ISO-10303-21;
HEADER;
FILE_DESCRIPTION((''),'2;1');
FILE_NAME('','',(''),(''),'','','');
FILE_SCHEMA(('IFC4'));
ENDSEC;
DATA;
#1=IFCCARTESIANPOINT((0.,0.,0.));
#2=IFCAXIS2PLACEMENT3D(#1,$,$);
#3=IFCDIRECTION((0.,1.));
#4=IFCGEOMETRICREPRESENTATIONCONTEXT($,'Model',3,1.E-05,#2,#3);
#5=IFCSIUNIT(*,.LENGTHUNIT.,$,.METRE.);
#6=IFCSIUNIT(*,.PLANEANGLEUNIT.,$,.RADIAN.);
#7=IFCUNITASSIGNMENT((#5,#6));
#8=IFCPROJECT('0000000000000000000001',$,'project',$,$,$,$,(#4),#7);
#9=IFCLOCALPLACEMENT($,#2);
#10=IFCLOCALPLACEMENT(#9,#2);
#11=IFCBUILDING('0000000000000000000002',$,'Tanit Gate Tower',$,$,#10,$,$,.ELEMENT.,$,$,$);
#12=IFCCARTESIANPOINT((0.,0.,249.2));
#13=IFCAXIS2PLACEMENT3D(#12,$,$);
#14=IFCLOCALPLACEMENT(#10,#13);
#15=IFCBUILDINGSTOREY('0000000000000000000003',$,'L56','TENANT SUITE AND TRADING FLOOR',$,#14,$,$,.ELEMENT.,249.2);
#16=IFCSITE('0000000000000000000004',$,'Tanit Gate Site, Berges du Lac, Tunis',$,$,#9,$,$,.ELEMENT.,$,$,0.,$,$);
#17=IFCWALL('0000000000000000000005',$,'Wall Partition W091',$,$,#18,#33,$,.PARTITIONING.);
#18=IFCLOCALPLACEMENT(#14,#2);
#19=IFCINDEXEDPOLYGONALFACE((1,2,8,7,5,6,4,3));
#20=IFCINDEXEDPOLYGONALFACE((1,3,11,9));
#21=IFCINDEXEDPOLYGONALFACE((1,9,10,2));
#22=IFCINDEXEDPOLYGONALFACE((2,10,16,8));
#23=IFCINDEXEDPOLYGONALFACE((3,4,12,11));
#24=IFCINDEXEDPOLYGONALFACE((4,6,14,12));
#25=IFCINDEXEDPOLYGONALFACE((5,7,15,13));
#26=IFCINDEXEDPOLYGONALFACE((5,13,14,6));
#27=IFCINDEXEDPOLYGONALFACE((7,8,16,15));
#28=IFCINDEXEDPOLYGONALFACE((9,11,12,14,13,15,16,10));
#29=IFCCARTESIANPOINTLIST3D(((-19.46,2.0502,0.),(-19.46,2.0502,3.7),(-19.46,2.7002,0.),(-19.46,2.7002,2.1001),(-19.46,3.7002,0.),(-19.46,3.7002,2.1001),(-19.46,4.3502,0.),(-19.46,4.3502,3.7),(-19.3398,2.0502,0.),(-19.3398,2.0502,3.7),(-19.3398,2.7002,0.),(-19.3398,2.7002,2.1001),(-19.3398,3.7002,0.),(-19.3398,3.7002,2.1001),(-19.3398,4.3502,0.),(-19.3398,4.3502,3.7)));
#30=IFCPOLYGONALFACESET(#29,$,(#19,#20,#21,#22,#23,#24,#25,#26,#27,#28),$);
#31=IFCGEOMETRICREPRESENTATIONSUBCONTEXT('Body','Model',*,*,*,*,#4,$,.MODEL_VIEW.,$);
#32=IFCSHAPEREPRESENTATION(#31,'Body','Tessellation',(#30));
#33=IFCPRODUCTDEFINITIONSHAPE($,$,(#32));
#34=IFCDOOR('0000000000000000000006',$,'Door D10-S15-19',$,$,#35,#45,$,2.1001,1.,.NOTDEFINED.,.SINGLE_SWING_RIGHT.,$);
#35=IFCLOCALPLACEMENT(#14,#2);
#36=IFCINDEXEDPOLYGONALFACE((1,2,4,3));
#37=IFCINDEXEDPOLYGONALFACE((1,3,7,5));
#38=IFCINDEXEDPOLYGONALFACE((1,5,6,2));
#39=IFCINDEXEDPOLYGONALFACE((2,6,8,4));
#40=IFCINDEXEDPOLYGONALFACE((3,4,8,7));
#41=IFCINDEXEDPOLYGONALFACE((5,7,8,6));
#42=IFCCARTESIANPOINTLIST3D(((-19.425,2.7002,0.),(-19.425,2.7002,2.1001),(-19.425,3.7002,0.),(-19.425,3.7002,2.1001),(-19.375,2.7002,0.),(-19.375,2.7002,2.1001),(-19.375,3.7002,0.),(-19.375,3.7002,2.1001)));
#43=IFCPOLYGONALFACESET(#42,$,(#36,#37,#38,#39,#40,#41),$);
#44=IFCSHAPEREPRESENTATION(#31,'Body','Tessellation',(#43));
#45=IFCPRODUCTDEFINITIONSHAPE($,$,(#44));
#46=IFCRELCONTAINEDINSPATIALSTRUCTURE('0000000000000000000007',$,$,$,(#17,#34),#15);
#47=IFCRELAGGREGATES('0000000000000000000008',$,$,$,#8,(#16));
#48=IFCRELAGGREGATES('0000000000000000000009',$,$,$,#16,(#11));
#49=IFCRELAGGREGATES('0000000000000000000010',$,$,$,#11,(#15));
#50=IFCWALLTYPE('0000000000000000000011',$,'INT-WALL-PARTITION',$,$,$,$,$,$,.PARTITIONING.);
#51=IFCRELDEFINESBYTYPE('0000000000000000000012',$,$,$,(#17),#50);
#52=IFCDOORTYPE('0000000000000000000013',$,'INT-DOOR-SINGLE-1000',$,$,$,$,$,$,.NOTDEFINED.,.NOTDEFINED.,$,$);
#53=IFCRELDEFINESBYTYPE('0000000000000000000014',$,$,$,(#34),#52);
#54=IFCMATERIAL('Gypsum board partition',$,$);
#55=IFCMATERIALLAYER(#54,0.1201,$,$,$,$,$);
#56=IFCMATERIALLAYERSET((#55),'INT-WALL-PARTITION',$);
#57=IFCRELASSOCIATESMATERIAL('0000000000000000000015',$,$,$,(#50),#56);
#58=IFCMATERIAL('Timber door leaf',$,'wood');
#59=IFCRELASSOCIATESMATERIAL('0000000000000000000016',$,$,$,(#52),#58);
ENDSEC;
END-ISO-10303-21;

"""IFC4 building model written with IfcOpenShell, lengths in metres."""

from ifc_helpers import new_model, si_unit, direction, frame, frame_2d, origin, place, context, subcontext, project, spatial, rectangle, extrude, material, layer, layer_set, type_object, element, fill, save


model = new_model("IFC4")

# Units and contexts
model_context = context("Model", 3, precision=1e-05, world=origin(), true_north=direction((0.0, 1.0)))
body_context = subcontext(model_context, "Body", "Model", "MODEL_VIEW")
ifc_project = project(units=[si_unit("LENGTHUNIT", "METRE"), si_unit("PLANEANGLEUNIT", "RADIAN")], contexts=[model_context])

# Site, building, storey
site_placement = place(None, origin())
site = spatial("IfcSite", under=ifc_project, at=site_placement, Name="Tanit Gate Site, Berges du Lac, Tunis", CompositionType="ELEMENT", RefElevation=0.0)
building_placement = place(site_placement, origin())
building = spatial("IfcBuilding", under=site, at=building_placement, Name="Tanit Gate Tower", CompositionType="ELEMENT")
storey_placement = place(building_placement, frame((0.0, 0.0, 249.2)))
storey = spatial("IfcBuildingStorey", under=building, at=storey_placement, Name="L56", Description="TENANT SUITE AND TRADING FLOOR", CompositionType="ELEMENT", Elevation=249.2)

# Wall, opening, door
ifc_material_1 = material(Name="Gypsum board partition")
ifc_layer_1 = layer(ifc_material_1, 0.1201)
ifc_layer_set_1 = layer_set([ifc_layer_1], Name="INT-WALL-PARTITION")
wall_type_1 = type_object("IfcWallType", Name="INT-WALL-PARTITION", PredefinedType="PARTITIONING", material=ifc_layer_set_1)
wall_1_placement = place(storey_placement, frame((-19.3999, 4.3501, 0.0), z_axis=(0.0, 0.0, 1.0), x_axis=(0.0, -1.0, 0.0)))
wall_1 = element("IfcWall", 1, at=wall_1_placement, inside=storey, type_object=wall_type_1, Name="Wall Partition W091", PredefinedType="PARTITIONING", context=body_context, shape_type="SweptSolid", body=[
    extrude(rectangle(XDim=2.3, YDim=0.1201, at=frame_2d((1.1499, 0.0))), origin(), (0.0, 0.0, 1.0), 3.7),
])
opening_1_placement = place(wall_1_placement, frame((0.6499, 0.0, 0.0)))
opening_1 = element("IfcOpeningElement", 2, at=opening_1_placement, cuts=wall_1, PredefinedType="OPENING", context=body_context, shape_type="SweptSolid", body=[
    extrude(rectangle(XDim=1.0, YDim=2.1001, at=frame_2d((0.5, 1.05))), frame((0.0, 0.0701, 0.0), z_axis=(0.0, -1.0, 0.0), x_axis=(1.0, 0.0, 0.0)), (0.0, 0.0, 1.0), 0.1401),
])
ifc_material_2 = material(Name="Timber door leaf", Category="wood")
door_type_1 = type_object("IfcDoorType", Name="INT-DOOR-SINGLE-1000", OperationType="NOTDEFINED", PredefinedType="NOTDEFINED", material=ifc_material_2)
door_1_placement = place(opening_1_placement, origin())
door_1 = element("IfcDoor", 3, at=door_1_placement, inside=storey, type_object=door_type_1, Name="Door D10-S15-19", OperationType="SINGLE_SWING_RIGHT", OverallHeight=2.1001, OverallWidth=1.0, PredefinedType="NOTDEFINED", context=body_context, shape_type="SweptSolid", body=[
    extrude(rectangle(XDim=1.0, YDim=2.1001, at=frame_2d((0.5, 1.05))), frame((0.0, 0.0249, 0.0), z_axis=(0.0, -1.0, 0.0), x_axis=(1.0, 0.0, 0.0)), (0.0, 0.0, 1.0), 0.05),
])
fill(opening_1, door_1)

save(model, "model.ifc")
